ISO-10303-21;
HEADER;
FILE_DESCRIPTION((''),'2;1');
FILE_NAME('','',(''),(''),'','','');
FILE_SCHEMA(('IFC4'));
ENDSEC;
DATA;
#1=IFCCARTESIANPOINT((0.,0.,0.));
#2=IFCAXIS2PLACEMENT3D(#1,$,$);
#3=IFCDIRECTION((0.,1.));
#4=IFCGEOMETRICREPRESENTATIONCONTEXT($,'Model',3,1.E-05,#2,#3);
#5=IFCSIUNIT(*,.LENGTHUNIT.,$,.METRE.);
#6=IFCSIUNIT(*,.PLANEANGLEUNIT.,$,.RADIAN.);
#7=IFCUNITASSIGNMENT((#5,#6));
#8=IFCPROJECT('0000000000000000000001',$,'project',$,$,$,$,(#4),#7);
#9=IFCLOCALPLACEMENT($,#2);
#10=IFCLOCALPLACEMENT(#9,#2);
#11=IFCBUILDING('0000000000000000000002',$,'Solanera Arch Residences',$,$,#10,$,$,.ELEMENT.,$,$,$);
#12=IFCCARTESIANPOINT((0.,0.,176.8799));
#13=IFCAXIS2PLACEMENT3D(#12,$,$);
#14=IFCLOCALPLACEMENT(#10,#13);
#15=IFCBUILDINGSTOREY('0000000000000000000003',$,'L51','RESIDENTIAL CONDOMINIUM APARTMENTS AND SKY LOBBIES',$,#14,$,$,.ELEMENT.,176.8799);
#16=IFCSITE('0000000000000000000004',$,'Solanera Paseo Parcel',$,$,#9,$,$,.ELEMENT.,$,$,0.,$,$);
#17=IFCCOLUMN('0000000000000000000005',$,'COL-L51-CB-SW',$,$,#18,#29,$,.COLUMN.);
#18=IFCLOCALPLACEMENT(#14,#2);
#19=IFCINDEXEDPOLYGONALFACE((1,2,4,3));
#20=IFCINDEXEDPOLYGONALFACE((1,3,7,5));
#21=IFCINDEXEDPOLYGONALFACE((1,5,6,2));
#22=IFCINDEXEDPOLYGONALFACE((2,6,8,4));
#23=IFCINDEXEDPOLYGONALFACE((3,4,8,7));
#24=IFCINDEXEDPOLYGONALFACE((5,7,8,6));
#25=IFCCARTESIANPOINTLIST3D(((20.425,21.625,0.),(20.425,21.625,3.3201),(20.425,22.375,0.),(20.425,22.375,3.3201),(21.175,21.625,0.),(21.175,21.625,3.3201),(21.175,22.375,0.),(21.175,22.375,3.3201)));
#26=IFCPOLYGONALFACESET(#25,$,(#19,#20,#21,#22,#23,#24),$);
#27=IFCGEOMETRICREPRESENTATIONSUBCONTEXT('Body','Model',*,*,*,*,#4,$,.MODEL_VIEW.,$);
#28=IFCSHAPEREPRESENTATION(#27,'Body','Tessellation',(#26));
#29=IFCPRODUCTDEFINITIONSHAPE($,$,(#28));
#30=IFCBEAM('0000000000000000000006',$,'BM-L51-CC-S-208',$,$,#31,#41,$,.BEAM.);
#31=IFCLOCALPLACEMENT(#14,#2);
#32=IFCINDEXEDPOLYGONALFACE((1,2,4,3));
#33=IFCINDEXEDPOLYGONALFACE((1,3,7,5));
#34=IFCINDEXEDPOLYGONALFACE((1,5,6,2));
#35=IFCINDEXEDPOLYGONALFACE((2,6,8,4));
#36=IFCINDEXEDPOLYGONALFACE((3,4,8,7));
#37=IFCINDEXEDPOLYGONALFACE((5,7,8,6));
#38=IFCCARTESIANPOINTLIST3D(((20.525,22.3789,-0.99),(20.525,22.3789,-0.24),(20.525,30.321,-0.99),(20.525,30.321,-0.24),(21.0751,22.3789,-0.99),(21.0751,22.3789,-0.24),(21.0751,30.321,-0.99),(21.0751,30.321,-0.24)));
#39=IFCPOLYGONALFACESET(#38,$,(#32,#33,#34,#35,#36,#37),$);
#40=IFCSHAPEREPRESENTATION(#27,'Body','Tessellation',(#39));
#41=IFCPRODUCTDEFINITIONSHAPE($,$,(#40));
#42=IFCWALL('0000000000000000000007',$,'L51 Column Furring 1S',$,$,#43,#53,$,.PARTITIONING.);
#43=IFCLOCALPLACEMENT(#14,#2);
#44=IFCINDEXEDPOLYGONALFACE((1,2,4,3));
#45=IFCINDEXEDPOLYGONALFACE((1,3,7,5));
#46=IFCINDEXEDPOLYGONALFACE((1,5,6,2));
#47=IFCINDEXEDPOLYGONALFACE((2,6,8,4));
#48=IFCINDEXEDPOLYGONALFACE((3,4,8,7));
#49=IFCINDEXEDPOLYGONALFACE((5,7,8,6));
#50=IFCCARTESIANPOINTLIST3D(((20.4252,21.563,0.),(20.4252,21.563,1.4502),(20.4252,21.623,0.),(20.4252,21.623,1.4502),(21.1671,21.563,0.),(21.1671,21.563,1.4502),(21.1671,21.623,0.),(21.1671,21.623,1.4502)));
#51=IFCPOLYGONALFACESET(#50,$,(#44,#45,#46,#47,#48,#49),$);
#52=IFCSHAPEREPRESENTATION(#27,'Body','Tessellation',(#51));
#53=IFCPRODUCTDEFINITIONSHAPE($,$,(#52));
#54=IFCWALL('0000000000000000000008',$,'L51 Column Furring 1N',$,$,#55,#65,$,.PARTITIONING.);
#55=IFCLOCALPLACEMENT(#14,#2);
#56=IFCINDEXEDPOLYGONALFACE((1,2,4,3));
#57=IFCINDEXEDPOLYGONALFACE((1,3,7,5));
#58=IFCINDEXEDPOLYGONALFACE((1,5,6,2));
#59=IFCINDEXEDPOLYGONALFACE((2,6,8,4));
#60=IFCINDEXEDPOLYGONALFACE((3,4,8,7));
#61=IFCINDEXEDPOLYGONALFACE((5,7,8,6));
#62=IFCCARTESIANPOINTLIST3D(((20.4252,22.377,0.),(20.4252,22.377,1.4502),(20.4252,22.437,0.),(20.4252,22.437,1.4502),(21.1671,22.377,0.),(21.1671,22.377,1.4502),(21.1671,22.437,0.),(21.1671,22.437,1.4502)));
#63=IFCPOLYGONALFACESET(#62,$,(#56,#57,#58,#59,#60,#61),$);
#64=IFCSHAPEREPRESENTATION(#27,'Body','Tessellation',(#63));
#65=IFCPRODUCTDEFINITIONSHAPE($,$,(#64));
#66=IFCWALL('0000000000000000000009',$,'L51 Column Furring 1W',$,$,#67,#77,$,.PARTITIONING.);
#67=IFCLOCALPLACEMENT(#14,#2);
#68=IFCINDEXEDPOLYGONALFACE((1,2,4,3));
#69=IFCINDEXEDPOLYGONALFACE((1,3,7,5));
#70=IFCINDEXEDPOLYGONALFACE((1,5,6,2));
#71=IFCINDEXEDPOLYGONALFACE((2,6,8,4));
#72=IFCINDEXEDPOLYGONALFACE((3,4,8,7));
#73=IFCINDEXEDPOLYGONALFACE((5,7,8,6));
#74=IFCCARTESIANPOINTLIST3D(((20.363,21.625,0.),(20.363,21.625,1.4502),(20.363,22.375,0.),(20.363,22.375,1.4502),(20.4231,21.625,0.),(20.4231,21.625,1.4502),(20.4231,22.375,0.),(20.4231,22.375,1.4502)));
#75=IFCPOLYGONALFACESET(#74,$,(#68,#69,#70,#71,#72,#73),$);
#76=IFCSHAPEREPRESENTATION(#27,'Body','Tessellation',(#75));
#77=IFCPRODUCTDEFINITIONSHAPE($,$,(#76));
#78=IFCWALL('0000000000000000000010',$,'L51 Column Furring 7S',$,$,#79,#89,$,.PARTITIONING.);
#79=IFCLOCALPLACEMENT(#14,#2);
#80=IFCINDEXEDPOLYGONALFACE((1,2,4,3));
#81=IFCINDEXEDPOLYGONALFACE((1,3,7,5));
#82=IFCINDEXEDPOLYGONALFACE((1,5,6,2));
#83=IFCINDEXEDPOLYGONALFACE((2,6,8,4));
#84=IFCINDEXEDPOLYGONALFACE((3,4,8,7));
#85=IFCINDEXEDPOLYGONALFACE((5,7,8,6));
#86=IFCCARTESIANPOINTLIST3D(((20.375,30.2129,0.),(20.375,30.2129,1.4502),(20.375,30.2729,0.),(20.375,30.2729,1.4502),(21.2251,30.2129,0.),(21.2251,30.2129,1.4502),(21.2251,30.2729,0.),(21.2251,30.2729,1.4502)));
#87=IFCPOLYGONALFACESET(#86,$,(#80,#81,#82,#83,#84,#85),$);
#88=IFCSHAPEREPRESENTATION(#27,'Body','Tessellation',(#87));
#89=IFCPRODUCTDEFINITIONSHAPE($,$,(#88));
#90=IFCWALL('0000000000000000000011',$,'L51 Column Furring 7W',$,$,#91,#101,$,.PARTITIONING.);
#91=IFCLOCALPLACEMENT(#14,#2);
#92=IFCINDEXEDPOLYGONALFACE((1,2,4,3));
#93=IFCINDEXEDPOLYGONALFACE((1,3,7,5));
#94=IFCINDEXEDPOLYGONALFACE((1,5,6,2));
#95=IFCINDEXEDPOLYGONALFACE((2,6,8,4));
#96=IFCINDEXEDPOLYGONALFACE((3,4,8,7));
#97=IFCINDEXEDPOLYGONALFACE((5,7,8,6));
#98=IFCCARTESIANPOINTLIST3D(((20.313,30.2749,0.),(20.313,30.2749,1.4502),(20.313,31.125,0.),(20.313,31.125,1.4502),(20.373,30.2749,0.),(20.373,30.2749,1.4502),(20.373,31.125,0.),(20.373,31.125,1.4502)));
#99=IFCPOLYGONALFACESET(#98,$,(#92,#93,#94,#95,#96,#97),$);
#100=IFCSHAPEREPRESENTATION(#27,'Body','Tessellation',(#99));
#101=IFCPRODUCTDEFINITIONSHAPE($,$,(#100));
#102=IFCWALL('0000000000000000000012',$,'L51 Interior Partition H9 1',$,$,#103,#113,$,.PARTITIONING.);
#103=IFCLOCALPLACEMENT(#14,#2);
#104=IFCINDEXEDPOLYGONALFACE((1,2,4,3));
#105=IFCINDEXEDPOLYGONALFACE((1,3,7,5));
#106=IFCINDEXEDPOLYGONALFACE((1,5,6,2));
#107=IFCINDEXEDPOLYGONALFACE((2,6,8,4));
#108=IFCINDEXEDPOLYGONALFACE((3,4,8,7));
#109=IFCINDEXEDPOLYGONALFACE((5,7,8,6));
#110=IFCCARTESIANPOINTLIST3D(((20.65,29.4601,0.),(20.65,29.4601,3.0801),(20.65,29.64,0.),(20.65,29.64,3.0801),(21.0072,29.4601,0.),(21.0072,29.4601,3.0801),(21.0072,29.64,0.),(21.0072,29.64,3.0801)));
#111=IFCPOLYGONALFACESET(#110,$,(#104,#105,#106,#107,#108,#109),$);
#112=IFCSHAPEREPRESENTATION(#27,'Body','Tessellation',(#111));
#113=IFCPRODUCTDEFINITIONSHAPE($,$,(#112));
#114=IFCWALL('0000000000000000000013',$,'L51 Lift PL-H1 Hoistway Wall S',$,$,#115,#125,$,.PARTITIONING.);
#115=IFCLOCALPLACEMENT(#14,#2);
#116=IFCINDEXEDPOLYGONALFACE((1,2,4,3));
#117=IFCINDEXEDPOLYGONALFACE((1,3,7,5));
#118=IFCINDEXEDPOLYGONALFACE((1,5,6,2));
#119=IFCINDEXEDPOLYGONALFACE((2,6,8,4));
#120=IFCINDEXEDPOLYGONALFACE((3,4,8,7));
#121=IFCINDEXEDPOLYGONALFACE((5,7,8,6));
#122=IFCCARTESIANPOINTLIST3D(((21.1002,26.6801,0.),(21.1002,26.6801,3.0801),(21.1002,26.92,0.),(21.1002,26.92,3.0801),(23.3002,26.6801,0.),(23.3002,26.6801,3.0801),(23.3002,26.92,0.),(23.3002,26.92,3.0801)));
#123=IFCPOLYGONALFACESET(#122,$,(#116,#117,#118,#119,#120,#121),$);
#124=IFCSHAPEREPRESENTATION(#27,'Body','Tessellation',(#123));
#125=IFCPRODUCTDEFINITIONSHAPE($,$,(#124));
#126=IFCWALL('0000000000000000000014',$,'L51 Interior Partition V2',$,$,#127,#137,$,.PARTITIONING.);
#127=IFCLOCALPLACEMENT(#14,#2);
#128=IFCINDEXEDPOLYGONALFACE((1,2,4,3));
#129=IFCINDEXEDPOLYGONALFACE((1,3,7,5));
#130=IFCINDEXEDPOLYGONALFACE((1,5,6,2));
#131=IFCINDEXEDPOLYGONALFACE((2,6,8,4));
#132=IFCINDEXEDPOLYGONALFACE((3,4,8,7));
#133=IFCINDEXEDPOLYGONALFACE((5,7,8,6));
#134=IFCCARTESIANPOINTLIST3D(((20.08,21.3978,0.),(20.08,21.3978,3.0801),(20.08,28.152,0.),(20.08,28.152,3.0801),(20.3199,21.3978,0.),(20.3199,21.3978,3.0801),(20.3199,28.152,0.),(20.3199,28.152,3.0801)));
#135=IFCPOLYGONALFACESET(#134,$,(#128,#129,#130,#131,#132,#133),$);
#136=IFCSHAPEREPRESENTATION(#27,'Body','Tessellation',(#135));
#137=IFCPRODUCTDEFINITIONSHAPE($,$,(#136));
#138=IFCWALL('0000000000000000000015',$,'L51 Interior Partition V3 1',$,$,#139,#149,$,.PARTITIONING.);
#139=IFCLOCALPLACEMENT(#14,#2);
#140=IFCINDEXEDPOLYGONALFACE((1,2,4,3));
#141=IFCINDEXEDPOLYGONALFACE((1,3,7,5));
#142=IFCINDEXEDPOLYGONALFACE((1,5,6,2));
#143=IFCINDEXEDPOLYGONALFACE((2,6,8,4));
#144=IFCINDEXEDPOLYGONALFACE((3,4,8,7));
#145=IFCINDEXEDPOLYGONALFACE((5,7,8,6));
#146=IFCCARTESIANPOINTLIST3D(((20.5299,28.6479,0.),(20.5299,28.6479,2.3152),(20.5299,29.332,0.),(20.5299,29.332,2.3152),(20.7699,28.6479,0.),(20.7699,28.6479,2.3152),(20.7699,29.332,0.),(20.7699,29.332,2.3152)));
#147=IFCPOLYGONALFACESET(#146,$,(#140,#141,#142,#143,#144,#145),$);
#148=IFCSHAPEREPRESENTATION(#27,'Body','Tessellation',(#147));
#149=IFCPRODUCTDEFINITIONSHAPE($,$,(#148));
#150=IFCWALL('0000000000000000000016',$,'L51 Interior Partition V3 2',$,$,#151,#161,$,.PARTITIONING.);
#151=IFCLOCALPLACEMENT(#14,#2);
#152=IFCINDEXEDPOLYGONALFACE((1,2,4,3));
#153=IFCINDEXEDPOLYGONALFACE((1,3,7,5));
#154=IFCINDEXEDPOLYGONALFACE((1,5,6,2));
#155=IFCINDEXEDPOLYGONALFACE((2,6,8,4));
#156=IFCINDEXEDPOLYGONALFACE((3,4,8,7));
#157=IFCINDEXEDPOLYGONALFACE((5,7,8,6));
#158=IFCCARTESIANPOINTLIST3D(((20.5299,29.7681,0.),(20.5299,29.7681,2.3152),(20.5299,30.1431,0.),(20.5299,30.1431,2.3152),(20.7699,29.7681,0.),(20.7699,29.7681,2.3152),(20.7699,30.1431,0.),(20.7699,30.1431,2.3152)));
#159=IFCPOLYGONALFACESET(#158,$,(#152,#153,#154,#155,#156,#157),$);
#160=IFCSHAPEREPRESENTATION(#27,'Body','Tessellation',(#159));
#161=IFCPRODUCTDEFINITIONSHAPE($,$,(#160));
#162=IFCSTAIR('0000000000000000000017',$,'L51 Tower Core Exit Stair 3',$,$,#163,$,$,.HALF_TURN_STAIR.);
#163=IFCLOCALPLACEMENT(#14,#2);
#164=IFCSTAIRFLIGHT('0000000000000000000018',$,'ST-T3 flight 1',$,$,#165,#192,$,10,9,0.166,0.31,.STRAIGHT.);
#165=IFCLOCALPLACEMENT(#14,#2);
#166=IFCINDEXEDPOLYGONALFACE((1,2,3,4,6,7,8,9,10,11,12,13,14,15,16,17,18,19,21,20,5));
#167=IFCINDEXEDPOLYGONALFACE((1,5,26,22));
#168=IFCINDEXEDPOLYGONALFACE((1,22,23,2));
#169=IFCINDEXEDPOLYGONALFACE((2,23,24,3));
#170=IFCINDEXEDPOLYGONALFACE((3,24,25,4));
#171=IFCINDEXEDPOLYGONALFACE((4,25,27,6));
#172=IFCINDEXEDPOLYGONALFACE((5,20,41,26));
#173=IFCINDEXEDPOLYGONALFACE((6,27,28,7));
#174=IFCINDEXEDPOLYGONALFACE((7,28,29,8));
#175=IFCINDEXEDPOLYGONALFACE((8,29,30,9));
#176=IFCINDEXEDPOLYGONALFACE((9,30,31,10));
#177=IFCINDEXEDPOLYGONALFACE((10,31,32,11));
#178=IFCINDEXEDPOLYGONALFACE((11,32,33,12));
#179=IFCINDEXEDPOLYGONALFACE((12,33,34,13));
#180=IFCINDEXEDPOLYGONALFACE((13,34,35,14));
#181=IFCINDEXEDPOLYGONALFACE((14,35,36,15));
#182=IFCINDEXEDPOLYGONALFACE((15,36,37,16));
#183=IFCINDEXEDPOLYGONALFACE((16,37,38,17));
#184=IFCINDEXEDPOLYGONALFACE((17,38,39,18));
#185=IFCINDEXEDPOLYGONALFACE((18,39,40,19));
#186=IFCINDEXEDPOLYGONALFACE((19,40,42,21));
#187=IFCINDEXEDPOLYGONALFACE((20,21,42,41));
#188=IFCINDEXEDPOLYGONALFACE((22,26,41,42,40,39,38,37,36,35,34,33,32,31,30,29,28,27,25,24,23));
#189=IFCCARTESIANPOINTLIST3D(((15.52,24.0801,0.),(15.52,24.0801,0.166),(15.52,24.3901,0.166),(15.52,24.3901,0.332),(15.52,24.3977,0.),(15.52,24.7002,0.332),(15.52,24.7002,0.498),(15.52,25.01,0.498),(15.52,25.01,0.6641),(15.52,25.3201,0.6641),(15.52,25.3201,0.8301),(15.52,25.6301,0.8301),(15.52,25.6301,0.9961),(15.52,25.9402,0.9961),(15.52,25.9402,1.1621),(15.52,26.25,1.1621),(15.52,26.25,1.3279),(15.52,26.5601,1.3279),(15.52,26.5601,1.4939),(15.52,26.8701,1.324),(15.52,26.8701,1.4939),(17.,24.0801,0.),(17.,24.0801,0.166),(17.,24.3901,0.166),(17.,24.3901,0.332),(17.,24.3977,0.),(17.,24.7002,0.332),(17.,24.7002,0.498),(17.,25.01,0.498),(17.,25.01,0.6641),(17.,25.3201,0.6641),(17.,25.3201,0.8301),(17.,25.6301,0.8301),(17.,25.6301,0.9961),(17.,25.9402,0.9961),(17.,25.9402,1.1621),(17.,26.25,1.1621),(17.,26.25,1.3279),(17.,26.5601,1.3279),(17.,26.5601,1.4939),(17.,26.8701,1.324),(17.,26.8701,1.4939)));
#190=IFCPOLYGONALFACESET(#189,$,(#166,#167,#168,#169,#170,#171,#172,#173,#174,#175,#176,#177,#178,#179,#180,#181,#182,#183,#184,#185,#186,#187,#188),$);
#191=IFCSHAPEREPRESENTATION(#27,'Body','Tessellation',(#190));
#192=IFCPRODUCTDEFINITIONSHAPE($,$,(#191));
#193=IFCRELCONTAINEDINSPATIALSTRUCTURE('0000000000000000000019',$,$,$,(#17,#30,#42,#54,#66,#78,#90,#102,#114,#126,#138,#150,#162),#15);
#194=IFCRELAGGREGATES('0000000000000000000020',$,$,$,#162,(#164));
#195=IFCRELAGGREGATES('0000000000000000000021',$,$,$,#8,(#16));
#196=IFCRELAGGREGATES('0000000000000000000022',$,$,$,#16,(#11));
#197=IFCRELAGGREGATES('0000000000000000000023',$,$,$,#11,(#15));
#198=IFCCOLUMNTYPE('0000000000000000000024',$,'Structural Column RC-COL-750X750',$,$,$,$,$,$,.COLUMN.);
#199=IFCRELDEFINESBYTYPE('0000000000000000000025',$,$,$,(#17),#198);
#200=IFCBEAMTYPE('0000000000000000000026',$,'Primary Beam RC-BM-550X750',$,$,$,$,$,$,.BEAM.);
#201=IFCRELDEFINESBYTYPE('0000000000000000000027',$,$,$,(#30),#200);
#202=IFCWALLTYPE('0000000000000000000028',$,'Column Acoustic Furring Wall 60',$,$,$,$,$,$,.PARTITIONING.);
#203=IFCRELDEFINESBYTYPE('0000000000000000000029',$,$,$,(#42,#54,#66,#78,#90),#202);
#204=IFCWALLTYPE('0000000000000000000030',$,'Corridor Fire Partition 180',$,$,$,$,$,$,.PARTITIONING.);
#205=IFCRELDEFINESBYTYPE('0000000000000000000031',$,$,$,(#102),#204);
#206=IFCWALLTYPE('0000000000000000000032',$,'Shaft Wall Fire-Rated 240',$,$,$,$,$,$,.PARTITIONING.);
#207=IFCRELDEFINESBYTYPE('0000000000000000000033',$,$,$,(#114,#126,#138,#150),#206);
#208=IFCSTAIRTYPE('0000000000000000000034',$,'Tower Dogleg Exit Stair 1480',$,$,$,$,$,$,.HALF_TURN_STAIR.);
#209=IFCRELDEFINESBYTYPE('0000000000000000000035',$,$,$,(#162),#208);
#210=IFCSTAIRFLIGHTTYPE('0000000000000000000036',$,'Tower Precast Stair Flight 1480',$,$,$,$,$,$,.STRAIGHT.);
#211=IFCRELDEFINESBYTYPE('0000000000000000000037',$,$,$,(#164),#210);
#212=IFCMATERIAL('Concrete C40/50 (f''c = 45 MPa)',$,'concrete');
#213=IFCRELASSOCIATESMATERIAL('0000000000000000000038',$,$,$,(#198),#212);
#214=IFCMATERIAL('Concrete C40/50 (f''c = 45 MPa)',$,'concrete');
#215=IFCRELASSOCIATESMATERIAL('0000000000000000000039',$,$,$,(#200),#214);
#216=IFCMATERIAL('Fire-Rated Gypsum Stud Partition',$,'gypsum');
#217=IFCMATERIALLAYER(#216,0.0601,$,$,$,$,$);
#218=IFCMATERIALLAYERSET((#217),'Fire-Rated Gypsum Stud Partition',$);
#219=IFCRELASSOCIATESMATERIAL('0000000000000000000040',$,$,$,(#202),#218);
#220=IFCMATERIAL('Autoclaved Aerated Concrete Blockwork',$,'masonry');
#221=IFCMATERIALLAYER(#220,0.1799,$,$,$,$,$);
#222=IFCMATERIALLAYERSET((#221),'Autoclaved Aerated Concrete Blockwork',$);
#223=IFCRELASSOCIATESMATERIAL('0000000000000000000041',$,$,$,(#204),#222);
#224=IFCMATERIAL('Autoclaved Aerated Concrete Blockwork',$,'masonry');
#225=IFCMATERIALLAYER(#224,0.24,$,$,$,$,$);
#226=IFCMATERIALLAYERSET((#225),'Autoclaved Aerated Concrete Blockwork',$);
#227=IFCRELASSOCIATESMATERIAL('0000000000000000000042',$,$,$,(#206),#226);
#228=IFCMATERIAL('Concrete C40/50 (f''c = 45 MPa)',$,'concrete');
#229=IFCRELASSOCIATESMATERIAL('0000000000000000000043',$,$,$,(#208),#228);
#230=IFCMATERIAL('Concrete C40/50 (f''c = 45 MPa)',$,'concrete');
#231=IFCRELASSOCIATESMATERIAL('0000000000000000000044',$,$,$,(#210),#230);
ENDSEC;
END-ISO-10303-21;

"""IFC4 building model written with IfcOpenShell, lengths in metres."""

from ifc_helpers import new_model, si_unit, direction, frame, frame_2d, origin, origin_2d, place, context, subcontext, project, spatial, polyline, rectangle, outline, extrude, material, layer, layer_set, material_profile, profile_set, type_object, element, aggregate, save


model = new_model("IFC4")

# Units and contexts
model_context = context("Model", 3, precision=1e-05, world=origin(), true_north=direction((0.0, 1.0)))
body_context = subcontext(model_context, "Body", "Model", "MODEL_VIEW")
ifc_project = project(units=[si_unit("LENGTHUNIT", "METRE"), si_unit("PLANEANGLEUNIT", "RADIAN")], contexts=[model_context])

# Site, building, storey
site_placement = place(None, origin())
site = spatial("IfcSite", under=ifc_project, at=site_placement, Name="Solanera Paseo Parcel", CompositionType="ELEMENT", RefElevation=0.0)
building_placement = place(site_placement, origin())
building = spatial("IfcBuilding", under=site, at=building_placement, Name="Solanera Arch Residences", CompositionType="ELEMENT")
storey_placement = place(building_placement, frame((0.0, 0.0, 176.8799)))
storey = spatial("IfcBuildingStorey", under=building, at=storey_placement, Name="L51", Description="RESIDENTIAL CONDOMINIUM APARTMENTS AND SKY LOBBIES", CompositionType="ELEMENT", Elevation=176.8799)

# Column
ifc_material_1 = material(Name="Concrete C40/50 (f'c = 45 MPa)", Category="concrete")
ifc_material_profile_1 = material_profile(ifc_material_1, rectangle(XDim=0.75, YDim=0.75, at=origin_2d()))
ifc_profile_set_1 = profile_set([ifc_material_profile_1], Name="Concrete C40/50 (f'c = 45 MPa)")
column_type = type_object("IfcColumnType", Name="Structural Column RC-COL-750X750", PredefinedType="COLUMN", material=ifc_profile_set_1)
column_placement = place(storey_placement, frame((20.8, 22.0, 0.0), z_axis=(0.0, 0.0, 1.0), x_axis=(1.0, 0.0, 0.0)))
element("IfcColumn", 1, at=column_placement, inside=storey, type_object=column_type, Name="COL-L51-CB-SW", PredefinedType="COLUMN", context=body_context, shape_type="SweptSolid", body=[
    extrude(rectangle(XDim=0.75, YDim=0.75, at=origin_2d()), origin(), (0.0, 0.0, 1.0), 3.3201),
])

# Beam
ifc_material_2 = material(Name="Concrete C40/50 (f'c = 45 MPa)", Category="concrete")
ifc_material_profile_2 = material_profile(ifc_material_2, rectangle(XDim=0.55, YDim=0.75, at=origin_2d()))
ifc_profile_set_2 = profile_set([ifc_material_profile_2], Name="Concrete C40/50 (f'c = 45 MPa)")
beam_type = type_object("IfcBeamType", Name="Primary Beam RC-BM-550X750", PredefinedType="BEAM", material=ifc_profile_set_2)
beam_placement = place(storey_placement, frame((20.8, 22.3789, -0.615), z_axis=(0.0, 1.0, 0.0), x_axis=(-1.0, 0.0, 0.0)))
element("IfcBeam", 2, at=beam_placement, inside=storey, type_object=beam_type, Name="BM-L51-CC-S-208", PredefinedType="BEAM", context=body_context, shape_type="SweptSolid", body=[
    extrude(rectangle(XDim=0.55, YDim=0.75, at=origin_2d()), origin(), (0.0, 0.0, 1.0), 7.9421),
])

# Walls
ifc_material_3 = material(Name="Fire-Rated Gypsum Stud Partition", Category="gypsum")
ifc_layer_1 = layer(ifc_material_3, 0.0601)
ifc_layer_set_1 = layer_set([ifc_layer_1], Name="Fire-Rated Gypsum Stud Partition")
wall_type_1 = type_object("IfcWallType", Name="Column Acoustic Furring Wall 60", PredefinedType="PARTITIONING", material=ifc_layer_set_1)
for number, where, z_axis, x_axis, name in (
    (3, (20.425, 21.593, 0.0), (0.0, 0.0, 1.0), (1.0, 0.0, 0.0), "L51 Column Furring 1S"),
    (4, (20.425, 22.407, 0.0), (0.0, 0.0, 1.0), (1.0, 0.0, 0.0), "L51 Column Furring 1N"),
):
    element("IfcWall", number, at=place(storey_placement, frame(where, z_axis=z_axis, x_axis=x_axis)), inside=storey, type_object=wall_type_1, Name=name, PredefinedType="PARTITIONING", context=body_context, shape_type="SweptSolid", body=[
        extrude(rectangle(XDim=0.7419, YDim=0.0601, at=frame_2d((0.3711, 0.0))), origin(), (0.0, 0.0, 1.0), 1.4502),
    ])
wall_1_placement = place(storey_placement, frame((20.3931, 21.625, 0.0), z_axis=(0.0, 0.0, 1.0), x_axis=(0.0, 1.0, 0.0)))
element("IfcWall", 5, at=wall_1_placement, inside=storey, type_object=wall_type_1, Name="L51 Column Furring 1W", PredefinedType="PARTITIONING", context=body_context, shape_type="SweptSolid", body=[
    extrude(rectangle(XDim=0.75, YDim=0.0601, at=frame_2d((0.375, 0.0))), origin(), (0.0, 0.0, 1.0), 1.4502),
])
for number, where, z_axis, x_axis, name in (
    (6, (20.375, 30.2429, 0.0), (0.0, 0.0, 1.0), (1.0, 0.0, 0.0), "L51 Column Furring 7S"),
    (7, (20.343, 30.2749, 0.0), (0.0, 0.0, 1.0), (0.0, 1.0, 0.0), "L51 Column Furring 7W"),
):
    element("IfcWall", number, at=place(storey_placement, frame(where, z_axis=z_axis, x_axis=x_axis)), inside=storey, type_object=wall_type_1, Name=name, PredefinedType="PARTITIONING", context=body_context, shape_type="SweptSolid", body=[
        extrude(rectangle(XDim=0.8501, YDim=0.0601, at=frame_2d((0.425, 0.0))), origin(), (0.0, 0.0, 1.0), 1.4502),
    ])

# Walls
ifc_material_4 = material(Name="Autoclaved Aerated Concrete Blockwork", Category="masonry")
ifc_layer_2 = layer(ifc_material_4, 0.1799)
ifc_layer_set_2 = layer_set([ifc_layer_2], Name="Autoclaved Aerated Concrete Blockwork")
wall_type_2 = type_object("IfcWallType", Name="Corridor Fire Partition 180", PredefinedType="PARTITIONING", material=ifc_layer_set_2)
wall_2_placement = place(storey_placement, frame((20.6499, 29.55, 0.0), z_axis=(0.0, 0.0, 1.0), x_axis=(1.0, 0.0, 0.0)))
element("IfcWall", 8, at=wall_2_placement, inside=storey, type_object=wall_type_2, Name="L51 Interior Partition H9 1", PredefinedType="PARTITIONING", context=body_context, shape_type="SweptSolid", body=[
    extrude(rectangle(XDim=0.3572, YDim=0.1799, at=frame_2d((0.1787, 0.0))), origin(), (0.0, 0.0, 1.0), 3.0801),
])
ifc_material_5 = material(Name="Autoclaved Aerated Concrete Blockwork", Category="masonry")
ifc_layer_3 = layer(ifc_material_5, 0.24)
ifc_layer_set_3 = layer_set([ifc_layer_3], Name="Autoclaved Aerated Concrete Blockwork")
wall_type_3 = type_object("IfcWallType", Name="Shaft Wall Fire-Rated 240", PredefinedType="PARTITIONING", material=ifc_layer_set_3)
wall_3_placement = place(storey_placement, frame((21.1001, 26.8, 0.0), z_axis=(0.0, 0.0, 1.0), x_axis=(1.0, 0.0, 0.0)))
element("IfcWall", 9, at=wall_3_placement, inside=storey, type_object=wall_type_3, Name="L51 Lift PL-H1 Hoistway Wall S", PredefinedType="PARTITIONING", context=body_context, shape_type="SweptSolid", body=[
    extrude(rectangle(XDim=2.2, YDim=0.24, at=frame_2d((1.1001, 0.0))), origin(), (0.0, 0.0, 1.0), 3.0801),
])

# Walls
wall_4_placement = place(storey_placement, frame((20.2, 21.3979, 0.0), z_axis=(0.0, 0.0, 1.0), x_axis=(0.0, 1.0, 0.0)))
element("IfcWall", 10, at=wall_4_placement, inside=storey, type_object=wall_type_3, Name="L51 Interior Partition V2", PredefinedType="PARTITIONING", context=body_context, shape_type="SweptSolid", body=[
    extrude(rectangle(XDim=6.7542, YDim=0.24, at=frame_2d((3.377, 0.0))), origin(), (0.0, 0.0, 1.0), 3.0801),
])
wall_5_placement = place(storey_placement, frame((20.6499, 28.6479, 0.0), z_axis=(0.0, 0.0, 1.0), x_axis=(0.0, 1.0, 0.0)))
element("IfcWall", 11, at=wall_5_placement, inside=storey, type_object=wall_type_3, Name="L51 Interior Partition V3 1", PredefinedType="PARTITIONING", context=body_context, shape_type="SweptSolid", body=[
    extrude(rectangle(XDim=0.6841, YDim=0.24, at=frame_2d((0.342, 0.0))), origin(), (0.0, 0.0, 1.0), 2.3152),
])
wall_6_placement = place(storey_placement, frame((20.6499, 29.7681, 0.0), z_axis=(0.0, 0.0, 1.0), x_axis=(0.0, 1.0, 0.0)))
element("IfcWall", 12, at=wall_6_placement, inside=storey, type_object=wall_type_3, Name="L51 Interior Partition V3 2", PredefinedType="PARTITIONING", context=body_context, shape_type="SweptSolid", body=[
    extrude(rectangle(XDim=0.375, YDim=0.24, at=frame_2d((0.1875, 0.0))), origin(), (0.0, 0.0, 1.0), 2.3152),
])

# Stair, stair flight
ifc_material_6 = material(Name="Concrete C40/50 (f'c = 45 MPa)", Category="concrete")
stair_type = type_object("IfcStairType", Name="Tower Dogleg Exit Stair 1480", PredefinedType="HALF_TURN_STAIR", material=ifc_material_6)
stair_placement = place(storey_placement, origin())
stair = element("IfcStair", 13, at=stair_placement, inside=storey, type_object=stair_type, Name="L51 Tower Core Exit Stair 3", PredefinedType="HALF_TURN_STAIR")
ifc_material_7 = material(Name="Concrete C40/50 (f'c = 45 MPa)", Category="concrete")
stair_flight_type = type_object("IfcStairFlightType", Name="Tower Precast Stair Flight 1480", PredefinedType="STRAIGHT", material=ifc_material_7)
stair_flight_placement = place(storey_placement, frame((16.26, 24.0801, 0.0), z_axis=(0.0, 0.0, 1.0), x_axis=(0.0, 1.0, 0.0)))
stair_flight = element("IfcStairFlight", 14, at=stair_flight_placement, type_object=stair_flight_type, Name="ST-T3 flight 1", NumberOfRisers=10, NumberOfTreads=9, PredefinedType="STRAIGHT", RiserHeight=0.166, TreadLength=0.31, context=body_context, shape_type="SweptSolid", body=[
    extrude(outline(polyline([(0.0, 0.0), (0.0, 0.166), (0.3101, 0.166), (0.3101, 0.332), (0.6201, 0.332), (0.6201, 0.498), (0.9299, 0.498), (0.9299, 0.6641), (1.24, 0.6641), (1.24, 0.8301), (1.55, 0.8301), (1.55, 0.9961), (1.8601, 0.9961), (1.8601, 1.1621), (2.1699, 1.1621), (2.1699, 1.3279), (2.48, 1.3279), (2.48, 1.4939), (2.79, 1.4939), (2.79, 1.6599), (2.79, 1.324), (0.3176, 0.0), (0.0, 0.0)])), frame((0.0, 0.74, 0.0), z_axis=(0.0, -1.0, 0.0), x_axis=(1.0, 0.0, 0.0)), (0.0, 0.0, 1.0), 1.48),
])
aggregate(stair, [stair_flight])

save(model, "model.ifc")
